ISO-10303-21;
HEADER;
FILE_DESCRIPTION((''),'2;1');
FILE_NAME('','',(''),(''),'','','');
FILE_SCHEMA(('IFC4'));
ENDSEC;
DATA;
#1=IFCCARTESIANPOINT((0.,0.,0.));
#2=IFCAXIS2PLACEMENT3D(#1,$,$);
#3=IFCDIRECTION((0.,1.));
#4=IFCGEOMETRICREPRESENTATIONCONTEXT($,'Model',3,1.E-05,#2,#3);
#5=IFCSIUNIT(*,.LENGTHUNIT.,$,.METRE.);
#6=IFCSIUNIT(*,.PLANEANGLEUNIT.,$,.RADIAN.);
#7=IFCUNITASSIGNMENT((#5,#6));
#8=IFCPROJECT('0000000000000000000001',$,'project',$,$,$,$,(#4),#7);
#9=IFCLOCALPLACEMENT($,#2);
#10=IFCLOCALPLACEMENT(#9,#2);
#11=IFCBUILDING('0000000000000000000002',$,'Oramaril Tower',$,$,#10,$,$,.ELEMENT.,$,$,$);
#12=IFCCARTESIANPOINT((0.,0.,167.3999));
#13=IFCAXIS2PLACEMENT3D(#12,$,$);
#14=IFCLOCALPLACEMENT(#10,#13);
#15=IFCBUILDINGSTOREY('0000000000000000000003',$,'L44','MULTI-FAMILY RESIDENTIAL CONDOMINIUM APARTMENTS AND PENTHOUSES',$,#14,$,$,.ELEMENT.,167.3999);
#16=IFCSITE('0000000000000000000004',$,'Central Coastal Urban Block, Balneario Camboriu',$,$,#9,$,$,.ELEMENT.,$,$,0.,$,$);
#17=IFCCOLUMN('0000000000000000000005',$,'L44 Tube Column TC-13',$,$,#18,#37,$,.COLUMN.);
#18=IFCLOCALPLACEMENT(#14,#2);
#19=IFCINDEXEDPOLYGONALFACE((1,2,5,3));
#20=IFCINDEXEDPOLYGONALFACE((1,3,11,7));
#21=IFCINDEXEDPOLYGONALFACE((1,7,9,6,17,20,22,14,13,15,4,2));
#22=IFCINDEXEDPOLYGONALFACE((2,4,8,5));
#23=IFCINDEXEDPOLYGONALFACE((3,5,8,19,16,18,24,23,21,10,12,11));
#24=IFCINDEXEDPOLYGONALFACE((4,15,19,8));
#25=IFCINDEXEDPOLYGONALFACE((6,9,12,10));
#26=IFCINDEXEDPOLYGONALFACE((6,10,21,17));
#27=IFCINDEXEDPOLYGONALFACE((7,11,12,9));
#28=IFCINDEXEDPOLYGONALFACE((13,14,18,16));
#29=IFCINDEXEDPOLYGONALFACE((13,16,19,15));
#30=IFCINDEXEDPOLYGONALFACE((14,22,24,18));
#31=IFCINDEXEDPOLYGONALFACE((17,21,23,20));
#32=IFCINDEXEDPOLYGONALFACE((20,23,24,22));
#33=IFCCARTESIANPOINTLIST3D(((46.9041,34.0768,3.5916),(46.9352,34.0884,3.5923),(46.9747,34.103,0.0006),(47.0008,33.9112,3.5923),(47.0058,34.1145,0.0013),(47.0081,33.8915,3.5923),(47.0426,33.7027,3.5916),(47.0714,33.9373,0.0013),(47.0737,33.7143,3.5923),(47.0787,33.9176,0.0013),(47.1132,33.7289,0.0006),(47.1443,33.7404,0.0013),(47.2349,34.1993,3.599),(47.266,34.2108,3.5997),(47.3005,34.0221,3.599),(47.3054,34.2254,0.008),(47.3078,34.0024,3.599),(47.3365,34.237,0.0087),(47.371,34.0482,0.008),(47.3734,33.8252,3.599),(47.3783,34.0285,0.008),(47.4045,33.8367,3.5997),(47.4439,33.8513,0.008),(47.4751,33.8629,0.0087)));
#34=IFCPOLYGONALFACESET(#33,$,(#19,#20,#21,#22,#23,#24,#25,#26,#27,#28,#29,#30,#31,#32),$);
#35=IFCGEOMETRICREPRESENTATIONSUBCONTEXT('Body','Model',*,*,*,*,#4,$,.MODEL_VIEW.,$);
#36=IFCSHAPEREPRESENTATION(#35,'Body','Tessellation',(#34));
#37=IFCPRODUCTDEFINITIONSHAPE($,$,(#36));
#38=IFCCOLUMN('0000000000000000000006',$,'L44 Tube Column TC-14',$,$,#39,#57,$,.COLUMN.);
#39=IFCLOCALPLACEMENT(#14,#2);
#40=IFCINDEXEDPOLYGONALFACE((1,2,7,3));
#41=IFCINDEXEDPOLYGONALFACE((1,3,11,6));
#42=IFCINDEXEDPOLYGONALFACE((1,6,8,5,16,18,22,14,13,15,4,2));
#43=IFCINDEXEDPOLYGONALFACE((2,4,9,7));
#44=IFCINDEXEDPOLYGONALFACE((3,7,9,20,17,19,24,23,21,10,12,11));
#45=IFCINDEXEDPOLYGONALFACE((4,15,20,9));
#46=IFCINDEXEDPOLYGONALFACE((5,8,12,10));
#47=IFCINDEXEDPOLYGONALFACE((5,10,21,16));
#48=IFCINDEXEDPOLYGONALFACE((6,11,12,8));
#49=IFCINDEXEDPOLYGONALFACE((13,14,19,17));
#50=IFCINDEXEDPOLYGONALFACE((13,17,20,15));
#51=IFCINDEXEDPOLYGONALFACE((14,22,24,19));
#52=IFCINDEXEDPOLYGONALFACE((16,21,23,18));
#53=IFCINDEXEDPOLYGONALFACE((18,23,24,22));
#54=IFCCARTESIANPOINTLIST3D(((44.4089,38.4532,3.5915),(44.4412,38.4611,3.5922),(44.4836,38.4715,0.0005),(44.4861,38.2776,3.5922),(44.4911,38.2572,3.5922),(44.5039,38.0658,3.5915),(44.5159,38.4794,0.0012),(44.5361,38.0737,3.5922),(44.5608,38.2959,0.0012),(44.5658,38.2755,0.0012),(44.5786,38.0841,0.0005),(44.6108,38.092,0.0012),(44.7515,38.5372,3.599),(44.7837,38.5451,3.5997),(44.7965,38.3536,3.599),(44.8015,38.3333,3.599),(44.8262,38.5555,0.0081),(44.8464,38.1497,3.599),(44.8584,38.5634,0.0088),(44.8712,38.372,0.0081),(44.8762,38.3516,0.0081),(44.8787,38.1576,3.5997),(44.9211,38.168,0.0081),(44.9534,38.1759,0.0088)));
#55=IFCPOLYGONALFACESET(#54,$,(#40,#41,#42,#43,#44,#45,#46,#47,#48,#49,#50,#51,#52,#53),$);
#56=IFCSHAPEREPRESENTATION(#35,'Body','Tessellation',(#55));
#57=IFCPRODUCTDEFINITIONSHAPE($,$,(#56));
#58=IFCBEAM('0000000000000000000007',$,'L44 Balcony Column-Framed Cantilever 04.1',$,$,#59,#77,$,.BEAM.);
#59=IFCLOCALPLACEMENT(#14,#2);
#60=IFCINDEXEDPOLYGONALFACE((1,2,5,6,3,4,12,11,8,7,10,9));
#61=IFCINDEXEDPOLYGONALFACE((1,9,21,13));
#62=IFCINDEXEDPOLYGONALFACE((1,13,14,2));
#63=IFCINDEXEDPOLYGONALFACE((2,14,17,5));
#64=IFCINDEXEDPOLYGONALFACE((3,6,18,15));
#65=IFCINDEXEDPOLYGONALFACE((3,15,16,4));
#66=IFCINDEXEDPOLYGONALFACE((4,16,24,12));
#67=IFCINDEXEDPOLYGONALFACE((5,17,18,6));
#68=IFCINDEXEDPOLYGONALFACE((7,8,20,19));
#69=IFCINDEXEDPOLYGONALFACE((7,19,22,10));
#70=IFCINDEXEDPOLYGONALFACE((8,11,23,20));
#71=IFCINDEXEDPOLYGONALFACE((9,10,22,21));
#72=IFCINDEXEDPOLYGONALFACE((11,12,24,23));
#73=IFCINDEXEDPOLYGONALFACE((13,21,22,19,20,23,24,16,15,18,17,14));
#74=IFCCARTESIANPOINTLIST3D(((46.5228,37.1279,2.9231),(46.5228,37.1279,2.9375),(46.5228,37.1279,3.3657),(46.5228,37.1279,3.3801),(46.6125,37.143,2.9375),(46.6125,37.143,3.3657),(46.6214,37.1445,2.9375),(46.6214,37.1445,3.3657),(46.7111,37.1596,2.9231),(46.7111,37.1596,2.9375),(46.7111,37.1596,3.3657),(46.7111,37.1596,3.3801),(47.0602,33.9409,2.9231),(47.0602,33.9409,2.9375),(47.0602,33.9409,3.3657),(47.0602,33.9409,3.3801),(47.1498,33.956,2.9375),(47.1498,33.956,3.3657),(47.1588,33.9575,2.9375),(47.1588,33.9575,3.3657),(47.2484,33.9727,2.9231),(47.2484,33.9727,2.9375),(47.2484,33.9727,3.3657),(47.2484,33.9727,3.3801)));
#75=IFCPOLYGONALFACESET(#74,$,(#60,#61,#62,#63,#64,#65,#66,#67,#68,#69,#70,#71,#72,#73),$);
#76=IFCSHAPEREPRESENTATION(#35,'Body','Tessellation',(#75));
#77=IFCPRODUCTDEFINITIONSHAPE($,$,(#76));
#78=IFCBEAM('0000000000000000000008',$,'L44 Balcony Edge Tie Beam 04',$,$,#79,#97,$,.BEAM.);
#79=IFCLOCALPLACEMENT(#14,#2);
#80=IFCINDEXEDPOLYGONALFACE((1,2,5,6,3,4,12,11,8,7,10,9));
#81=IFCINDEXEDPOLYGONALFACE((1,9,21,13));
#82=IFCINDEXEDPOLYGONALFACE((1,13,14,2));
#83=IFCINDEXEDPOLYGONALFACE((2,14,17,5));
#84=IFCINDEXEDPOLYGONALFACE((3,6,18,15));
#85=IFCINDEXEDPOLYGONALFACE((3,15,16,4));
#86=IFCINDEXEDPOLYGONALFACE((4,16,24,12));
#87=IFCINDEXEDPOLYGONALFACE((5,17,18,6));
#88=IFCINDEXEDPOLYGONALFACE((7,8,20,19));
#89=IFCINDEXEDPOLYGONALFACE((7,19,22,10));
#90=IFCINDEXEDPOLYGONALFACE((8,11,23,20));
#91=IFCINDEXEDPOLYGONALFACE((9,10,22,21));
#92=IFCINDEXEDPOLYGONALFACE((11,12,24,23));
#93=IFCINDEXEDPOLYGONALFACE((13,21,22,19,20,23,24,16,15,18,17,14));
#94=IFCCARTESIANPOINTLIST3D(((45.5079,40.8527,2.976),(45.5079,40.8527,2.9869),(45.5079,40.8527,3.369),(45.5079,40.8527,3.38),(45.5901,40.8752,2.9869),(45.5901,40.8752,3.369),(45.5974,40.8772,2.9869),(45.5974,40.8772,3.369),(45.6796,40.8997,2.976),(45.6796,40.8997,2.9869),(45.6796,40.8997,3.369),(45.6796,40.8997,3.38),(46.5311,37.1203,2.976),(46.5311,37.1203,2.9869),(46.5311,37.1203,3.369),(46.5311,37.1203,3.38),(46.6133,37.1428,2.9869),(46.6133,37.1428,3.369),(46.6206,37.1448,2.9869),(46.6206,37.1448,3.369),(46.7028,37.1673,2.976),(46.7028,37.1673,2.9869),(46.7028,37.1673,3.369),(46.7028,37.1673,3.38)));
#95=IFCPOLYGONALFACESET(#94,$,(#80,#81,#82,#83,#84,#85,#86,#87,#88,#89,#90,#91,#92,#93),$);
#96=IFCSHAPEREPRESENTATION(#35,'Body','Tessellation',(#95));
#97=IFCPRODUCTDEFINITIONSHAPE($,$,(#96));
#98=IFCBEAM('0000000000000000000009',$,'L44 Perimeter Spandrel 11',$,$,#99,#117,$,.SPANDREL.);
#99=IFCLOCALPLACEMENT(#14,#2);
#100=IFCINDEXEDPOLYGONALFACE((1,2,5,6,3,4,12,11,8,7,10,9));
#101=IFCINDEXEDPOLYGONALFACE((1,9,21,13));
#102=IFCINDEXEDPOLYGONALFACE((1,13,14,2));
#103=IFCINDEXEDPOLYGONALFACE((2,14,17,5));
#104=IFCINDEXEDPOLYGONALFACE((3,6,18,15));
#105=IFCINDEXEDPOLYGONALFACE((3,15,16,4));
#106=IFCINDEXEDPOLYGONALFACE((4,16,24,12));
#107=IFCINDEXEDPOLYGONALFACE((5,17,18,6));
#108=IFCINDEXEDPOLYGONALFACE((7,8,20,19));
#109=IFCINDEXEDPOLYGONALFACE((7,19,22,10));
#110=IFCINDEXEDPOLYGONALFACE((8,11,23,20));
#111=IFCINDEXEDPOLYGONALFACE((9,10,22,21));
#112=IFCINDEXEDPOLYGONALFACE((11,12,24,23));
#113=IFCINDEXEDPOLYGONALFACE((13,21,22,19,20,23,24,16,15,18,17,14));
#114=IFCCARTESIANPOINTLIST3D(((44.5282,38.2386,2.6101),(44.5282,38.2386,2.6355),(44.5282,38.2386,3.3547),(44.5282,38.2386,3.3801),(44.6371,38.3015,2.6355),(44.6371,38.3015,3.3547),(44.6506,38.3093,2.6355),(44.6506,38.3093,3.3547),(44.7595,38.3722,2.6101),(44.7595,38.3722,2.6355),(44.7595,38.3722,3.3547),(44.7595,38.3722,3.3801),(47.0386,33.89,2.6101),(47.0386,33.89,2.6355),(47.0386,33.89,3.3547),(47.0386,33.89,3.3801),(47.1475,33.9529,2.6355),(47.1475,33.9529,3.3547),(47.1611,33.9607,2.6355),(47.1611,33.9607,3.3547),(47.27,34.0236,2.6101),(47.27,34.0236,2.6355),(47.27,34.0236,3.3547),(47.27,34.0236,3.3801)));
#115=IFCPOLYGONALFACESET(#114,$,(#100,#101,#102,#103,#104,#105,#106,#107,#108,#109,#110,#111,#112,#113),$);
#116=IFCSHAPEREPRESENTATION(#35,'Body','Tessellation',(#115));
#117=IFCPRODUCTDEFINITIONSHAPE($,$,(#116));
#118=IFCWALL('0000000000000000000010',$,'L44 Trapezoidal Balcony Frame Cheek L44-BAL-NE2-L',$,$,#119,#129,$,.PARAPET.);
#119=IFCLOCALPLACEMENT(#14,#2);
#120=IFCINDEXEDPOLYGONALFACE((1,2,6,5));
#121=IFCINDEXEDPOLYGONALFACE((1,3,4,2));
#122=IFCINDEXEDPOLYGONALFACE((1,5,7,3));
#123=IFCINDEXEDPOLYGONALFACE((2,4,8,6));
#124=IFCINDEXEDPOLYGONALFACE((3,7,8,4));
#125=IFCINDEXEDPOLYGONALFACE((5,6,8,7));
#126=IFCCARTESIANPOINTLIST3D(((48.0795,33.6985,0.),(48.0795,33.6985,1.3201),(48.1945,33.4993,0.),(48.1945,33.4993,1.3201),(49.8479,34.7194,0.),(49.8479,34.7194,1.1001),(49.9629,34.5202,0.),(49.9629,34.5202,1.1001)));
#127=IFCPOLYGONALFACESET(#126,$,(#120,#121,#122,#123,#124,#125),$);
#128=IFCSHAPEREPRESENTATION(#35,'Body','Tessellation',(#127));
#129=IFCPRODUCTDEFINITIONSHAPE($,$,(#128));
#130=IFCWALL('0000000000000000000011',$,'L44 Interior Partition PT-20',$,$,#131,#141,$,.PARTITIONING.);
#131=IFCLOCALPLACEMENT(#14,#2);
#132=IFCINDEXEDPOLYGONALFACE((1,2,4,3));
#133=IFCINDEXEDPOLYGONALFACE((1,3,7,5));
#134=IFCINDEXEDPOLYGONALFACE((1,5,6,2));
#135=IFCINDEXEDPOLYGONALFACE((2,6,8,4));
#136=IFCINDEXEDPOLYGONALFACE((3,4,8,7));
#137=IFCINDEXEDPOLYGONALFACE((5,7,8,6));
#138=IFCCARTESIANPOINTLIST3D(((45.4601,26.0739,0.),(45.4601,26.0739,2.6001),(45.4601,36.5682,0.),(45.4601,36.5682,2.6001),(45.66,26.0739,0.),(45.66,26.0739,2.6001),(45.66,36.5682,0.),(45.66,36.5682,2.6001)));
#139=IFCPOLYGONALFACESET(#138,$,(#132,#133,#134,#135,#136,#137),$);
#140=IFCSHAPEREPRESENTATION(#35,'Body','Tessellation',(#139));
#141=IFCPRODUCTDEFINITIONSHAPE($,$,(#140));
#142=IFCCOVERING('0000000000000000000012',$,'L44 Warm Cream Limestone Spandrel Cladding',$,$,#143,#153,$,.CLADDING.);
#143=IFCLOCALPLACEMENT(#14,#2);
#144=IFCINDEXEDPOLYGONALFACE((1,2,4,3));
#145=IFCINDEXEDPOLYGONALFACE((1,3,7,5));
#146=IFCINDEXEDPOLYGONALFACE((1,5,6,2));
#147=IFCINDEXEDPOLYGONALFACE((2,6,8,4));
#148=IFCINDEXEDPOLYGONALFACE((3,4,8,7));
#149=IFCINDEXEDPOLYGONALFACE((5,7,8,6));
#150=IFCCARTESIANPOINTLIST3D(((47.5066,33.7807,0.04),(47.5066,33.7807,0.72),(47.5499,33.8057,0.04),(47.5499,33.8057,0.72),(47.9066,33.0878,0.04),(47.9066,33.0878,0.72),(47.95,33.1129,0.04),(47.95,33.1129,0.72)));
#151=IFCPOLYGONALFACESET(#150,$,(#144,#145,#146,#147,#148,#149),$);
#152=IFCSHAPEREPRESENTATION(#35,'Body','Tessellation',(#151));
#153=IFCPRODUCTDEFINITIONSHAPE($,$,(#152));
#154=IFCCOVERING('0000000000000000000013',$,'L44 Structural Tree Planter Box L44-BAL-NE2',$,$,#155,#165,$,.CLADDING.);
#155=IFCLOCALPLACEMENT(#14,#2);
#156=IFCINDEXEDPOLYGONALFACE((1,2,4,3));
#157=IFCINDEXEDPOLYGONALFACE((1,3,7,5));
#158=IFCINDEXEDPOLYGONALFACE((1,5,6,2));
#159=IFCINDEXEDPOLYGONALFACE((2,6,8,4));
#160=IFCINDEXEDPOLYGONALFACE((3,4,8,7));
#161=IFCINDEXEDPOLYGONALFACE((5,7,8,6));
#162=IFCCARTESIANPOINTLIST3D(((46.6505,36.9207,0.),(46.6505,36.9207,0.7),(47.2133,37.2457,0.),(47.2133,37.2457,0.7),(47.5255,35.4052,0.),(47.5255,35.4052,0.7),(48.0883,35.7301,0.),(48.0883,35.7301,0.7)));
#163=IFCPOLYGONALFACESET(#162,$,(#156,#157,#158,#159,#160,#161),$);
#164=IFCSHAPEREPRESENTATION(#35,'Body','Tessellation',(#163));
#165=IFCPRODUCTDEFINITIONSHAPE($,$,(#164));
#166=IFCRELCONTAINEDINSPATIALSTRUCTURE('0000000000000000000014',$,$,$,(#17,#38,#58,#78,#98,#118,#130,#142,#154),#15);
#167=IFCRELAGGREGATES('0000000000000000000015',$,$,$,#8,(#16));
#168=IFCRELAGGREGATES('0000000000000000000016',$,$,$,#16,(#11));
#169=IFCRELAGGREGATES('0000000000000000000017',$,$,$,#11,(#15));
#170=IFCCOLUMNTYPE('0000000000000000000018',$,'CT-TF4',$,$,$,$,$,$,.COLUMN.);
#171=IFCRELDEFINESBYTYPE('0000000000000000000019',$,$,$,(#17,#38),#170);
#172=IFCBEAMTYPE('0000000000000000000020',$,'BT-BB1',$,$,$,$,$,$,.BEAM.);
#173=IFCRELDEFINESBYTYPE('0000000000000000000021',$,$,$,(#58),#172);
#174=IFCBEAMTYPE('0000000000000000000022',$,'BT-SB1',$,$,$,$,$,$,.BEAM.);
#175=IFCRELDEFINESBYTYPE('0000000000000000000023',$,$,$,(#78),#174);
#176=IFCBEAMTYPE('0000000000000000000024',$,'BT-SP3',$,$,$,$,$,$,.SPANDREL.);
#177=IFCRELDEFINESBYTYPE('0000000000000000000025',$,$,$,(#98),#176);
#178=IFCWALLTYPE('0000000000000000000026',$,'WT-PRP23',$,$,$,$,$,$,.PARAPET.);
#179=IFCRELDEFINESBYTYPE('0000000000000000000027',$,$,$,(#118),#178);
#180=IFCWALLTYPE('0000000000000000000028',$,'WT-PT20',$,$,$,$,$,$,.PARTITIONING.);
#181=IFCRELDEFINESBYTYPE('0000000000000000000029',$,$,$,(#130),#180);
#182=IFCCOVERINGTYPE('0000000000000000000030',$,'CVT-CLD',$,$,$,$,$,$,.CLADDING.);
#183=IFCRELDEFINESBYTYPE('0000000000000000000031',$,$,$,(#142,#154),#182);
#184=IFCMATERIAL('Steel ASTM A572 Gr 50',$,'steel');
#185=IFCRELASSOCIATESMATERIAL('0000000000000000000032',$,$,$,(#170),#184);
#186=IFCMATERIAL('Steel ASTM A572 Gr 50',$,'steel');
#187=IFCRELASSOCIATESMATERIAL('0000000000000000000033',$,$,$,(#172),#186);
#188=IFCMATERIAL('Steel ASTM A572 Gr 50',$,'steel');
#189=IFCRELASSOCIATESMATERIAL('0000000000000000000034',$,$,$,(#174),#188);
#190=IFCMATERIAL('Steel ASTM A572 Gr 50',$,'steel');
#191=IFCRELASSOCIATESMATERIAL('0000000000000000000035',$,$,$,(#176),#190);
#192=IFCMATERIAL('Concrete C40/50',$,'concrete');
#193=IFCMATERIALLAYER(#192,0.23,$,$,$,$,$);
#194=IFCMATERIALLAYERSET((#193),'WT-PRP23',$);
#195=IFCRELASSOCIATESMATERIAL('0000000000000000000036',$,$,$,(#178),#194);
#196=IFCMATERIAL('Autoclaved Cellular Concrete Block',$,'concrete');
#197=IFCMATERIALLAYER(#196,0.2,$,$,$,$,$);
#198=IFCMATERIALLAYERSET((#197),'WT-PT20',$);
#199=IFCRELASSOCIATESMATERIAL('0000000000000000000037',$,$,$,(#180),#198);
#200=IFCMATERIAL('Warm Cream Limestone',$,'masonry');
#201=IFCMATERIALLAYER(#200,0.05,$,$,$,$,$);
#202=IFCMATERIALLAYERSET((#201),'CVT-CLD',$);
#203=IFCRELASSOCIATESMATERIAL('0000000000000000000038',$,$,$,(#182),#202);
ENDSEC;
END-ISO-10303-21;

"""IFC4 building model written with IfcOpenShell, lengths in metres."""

from ifc_helpers import new_model, si_unit, direction, frame, frame_2d, origin, origin_2d, place, context, subcontext, project, spatial, polyline, rectangle, i_section, outline, extrude, material, layer, layer_set, material_profile, profile_set, type_object, element, save


model = new_model("IFC4")

# Units and contexts
model_context = context("Model", 3, precision=1e-05, world=origin(), true_north=direction((0.0, 1.0)))
body_context = subcontext(model_context, "Body", "Model", "MODEL_VIEW")
ifc_project = project(units=[si_unit("LENGTHUNIT", "METRE"), si_unit("PLANEANGLEUNIT", "RADIAN")], contexts=[model_context])

# Site, building, storey
site_placement = place(None, origin())
site = spatial("IfcSite", under=ifc_project, at=site_placement, Name="Central Coastal Urban Block, Balneario Camboriu", CompositionType="ELEMENT", RefElevation=0.0)
building_placement = place(site_placement, origin())
building = spatial("IfcBuilding", under=site, at=building_placement, Name="Oramaril Tower", CompositionType="ELEMENT")
storey_placement = place(building_placement, frame((0.0, 0.0, 167.3999)))
storey = spatial("IfcBuildingStorey", under=building, at=storey_placement, Name="L44", Description="MULTI-FAMILY RESIDENTIAL CONDOMINIUM APARTMENTS AND PENTHOUSES", CompositionType="ELEMENT", Elevation=167.3999)

# Columns
ifc_material_1 = material(Name="Steel ASTM A572 Gr 50", Category="steel")
ifc_material_profile_1 = material_profile(ifc_material_1, i_section(OverallWidth=0.3989, OverallDepth=0.386, WebThickness=0.021, FlangeThickness=0.0332, at=origin_2d()), Name="W14X176")
ifc_profile_set_1 = profile_set([ifc_material_profile_1], Name="Steel ASTM A572 Gr 50")
column_type = type_object("IfcColumnType", Name="CT-TF4", PredefinedType="COLUMN", material=ifc_profile_set_1)
for number, where, z_axis, x_axis, name in (
    (1, (47.2249, 33.9829, 0.0046), (-0.019644, -0.007273, 0.999781), (0.347209, -0.937788, 0.0), "L44 Tube Column TC-13"),
    (2, (44.7185, 38.3237, 0.0046), (-0.020799, -0.005098, 0.999771), (0.238052, -0.971252, 0.0), "L44 Tube Column TC-14"),
):
    element("IfcColumn", number, at=place(storey_placement, frame(where, z_axis=z_axis, x_axis=x_axis)), inside=storey, type_object=column_type, Name=name, PredefinedType="COLUMN", context=body_context, shape_type="SweptSolid", body=[
        extrude(i_section(OverallWidth=0.3989, OverallDepth=0.386, WebThickness=0.021, FlangeThickness=0.0332, at=origin_2d()), origin(), (0.0, 0.0, 1.0), 3.5918),
    ])

# Beams
ifc_material_2 = material(Name="Steel ASTM A572 Gr 50", Category="steel")
ifc_material_profile_2 = material_profile(ifc_material_2, i_section(OverallWidth=0.1909, OverallDepth=0.457, WebThickness=0.009, FlangeThickness=0.0144, at=origin_2d()), Name="W18X50")
ifc_profile_set_2 = profile_set([ifc_material_profile_2], Name="Steel ASTM A572 Gr 50")
beam_type_1 = type_object("IfcBeamType", Name="BT-BB1", PredefinedType="BEAM", material=ifc_profile_set_2)
beam_1_placement = place(storey_placement, frame((47.1543, 33.9568, 3.1516), z_axis=(-0.166261, 0.986082, 0.0), x_axis=(-0.986082, -0.166261, 0.0)))
element("IfcBeam", 3, at=beam_1_placement, inside=storey, type_object=beam_type_1, Name="L44 Balcony Column-Framed Cantilever 04.1", PredefinedType="BEAM", context=body_context, shape_type="SweptSolid", body=[
    extrude(i_section(OverallWidth=0.1909, OverallDepth=0.457, WebThickness=0.009, FlangeThickness=0.0144, at=origin_2d()), origin(), (0.0, 0.0, 1.0), 3.2319),
])
ifc_material_3 = material(Name="Steel ASTM A572 Gr 50", Category="steel")
ifc_material_profile_3 = material_profile(ifc_material_3, i_section(OverallWidth=0.178, OverallDepth=0.4041, WebThickness=0.0076, FlangeThickness=0.011, at=origin_2d()), Name="W16X36")
ifc_profile_set_3 = profile_set([ifc_material_profile_3], Name="Steel ASTM A572 Gr 50")
beam_type_2 = type_object("IfcBeamType", Name="BT-SB1", PredefinedType="BEAM", material=ifc_profile_set_3)
beam_2_placement = place(storey_placement, frame((46.6169, 37.1438, 3.178), z_axis=(-0.264382, 0.964418, 0.0), x_axis=(-0.964418, -0.264382, 0.0)))
element("IfcBeam", 4, at=beam_2_placement, inside=storey, type_object=beam_type_2, Name="L44 Balcony Edge Tie Beam 04", PredefinedType="BEAM", context=body_context, shape_type="SweptSolid", body=[
    extrude(i_section(OverallWidth=0.178, OverallDepth=0.4041, WebThickness=0.0076, FlangeThickness=0.011, at=origin_2d()), origin(), (0.0, 0.0, 1.0), 3.8701),
])
ifc_material_4 = material(Name="Steel ASTM A572 Gr 50", Category="steel")
ifc_material_profile_4 = material_profile(ifc_material_4, i_section(OverallWidth=0.2671, OverallDepth=0.77, WebThickness=0.0156, FlangeThickness=0.0254, at=origin_2d()), Name="W30X132")
ifc_profile_set_4 = profile_set([ifc_material_profile_4], Name="Steel ASTM A572 Gr 50")
beam_type_3 = type_object("IfcBeamType", Name="BT-SP3", PredefinedType="SPANDREL", material=ifc_profile_set_4)
beam_3_placement = place(storey_placement, frame((47.1543, 33.9568, 2.9951), z_axis=(-0.499972, 0.866041, 0.0), x_axis=(-0.866041, -0.499972, 0.0)))
element("IfcBeam", 5, at=beam_3_placement, inside=storey, type_object=beam_type_3, Name="L44 Perimeter Spandrel 11", PredefinedType="SPANDREL", context=body_context, shape_type="SweptSolid", body=[
    extrude(i_section(OverallWidth=0.2671, OverallDepth=0.77, WebThickness=0.0156, FlangeThickness=0.0254, at=origin_2d()), origin(), (0.0, 0.0, 1.0), 5.0212),
])

# Walls
ifc_material_5 = material(Name="Concrete C40/50", Category="concrete")
ifc_layer_1 = layer(ifc_material_5, 0.23)
ifc_layer_set_1 = layer_set([ifc_layer_1], Name="WT-PRP23")
wall_type_1 = type_object("IfcWallType", Name="WT-PRP23", PredefinedType="PARAPET", material=ifc_layer_set_1)
wall_1_placement = place(storey_placement, frame((48.137, 33.5989, 0.0), z_axis=(0.0, 0.0, 1.0), x_axis=(0.866042, 0.499971, 0.0)))
element("IfcWall", 6, at=wall_1_placement, inside=storey, type_object=wall_type_1, Name="L44 Trapezoidal Balcony Frame Cheek L44-BAL-NE2-L", PredefinedType="PARAPET", context=body_context, shape_type="SweptSolid", body=[
    extrude(outline(polyline([(0.0, 0.0), (2.042, 0.0), (2.042, 1.1001), (0.0, 1.3201), (0.0, 0.0)])), frame((0.0, 0.115, 0.0), z_axis=(0.0, -1.0, 0.0), x_axis=(1.0, 0.0, 0.0)), (0.0, 0.0, 1.0), 0.23),
])
ifc_material_6 = material(Name="Autoclaved Cellular Concrete Block", Category="concrete")
ifc_layer_2 = layer(ifc_material_6, 0.2)
ifc_layer_set_2 = layer_set([ifc_layer_2], Name="WT-PT20")
wall_type_2 = type_object("IfcWallType", Name="WT-PT20", PredefinedType="PARTITIONING", material=ifc_layer_set_2)
wall_2_placement = place(storey_placement, frame((45.5601, 26.074, 0.0), z_axis=(0.0, 0.0, 1.0), x_axis=(0.0, 1.0, 0.0)))
element("IfcWall", 7, at=wall_2_placement, inside=storey, type_object=wall_type_2, Name="L44 Interior Partition PT-20", PredefinedType="PARTITIONING", context=body_context, shape_type="SweptSolid", body=[
    extrude(rectangle(XDim=10.4944, YDim=0.2, at=frame_2d((5.2471, 0.0))), origin(), (0.0, 0.0, 1.0), 2.6001),
])

# Coverings
ifc_material_7 = material(Name="Warm Cream Limestone", Category="masonry")
ifc_layer_3 = layer(ifc_material_7, 0.05)
ifc_layer_set_3 = layer_set([ifc_layer_3], Name="CVT-CLD")
covering_type = type_object("IfcCoveringType", Name="CVT-CLD", PredefinedType="CLADDING", material=ifc_layer_set_3)
covering_1_placement = place(storey_placement, frame((47.7283, 33.4468, 0.04), z_axis=(0.0, 0.0, 1.0), x_axis=(-0.5, 0.866025, 0.0)))
element("IfcCovering", 8, at=covering_1_placement, inside=storey, type_object=covering_type, Name="L44 Warm Cream Limestone Spandrel Cladding", PredefinedType="CLADDING", context=body_context, shape_type="SweptSolid", body=[
    extrude(rectangle(XDim=0.8, YDim=0.05, at=origin_2d()), origin(), (0.0, 0.0, 1.0), 0.6799),
])
covering_2_placement = place(storey_placement, frame((47.3694, 36.3254, 0.0), z_axis=(0.0, 0.0, 1.0), x_axis=(-0.5, 0.866025, 0.0)))
element("IfcCovering", 9, at=covering_2_placement, inside=storey, type_object=covering_type, Name="L44 Structural Tree Planter Box L44-BAL-NE2", PredefinedType="CLADDING", context=body_context, shape_type="SweptSolid", body=[
    extrude(rectangle(XDim=1.75, YDim=0.6499, at=origin_2d()), origin(), (0.0, 0.0, 1.0), 0.7),
])

save(model, "model.ifc")
